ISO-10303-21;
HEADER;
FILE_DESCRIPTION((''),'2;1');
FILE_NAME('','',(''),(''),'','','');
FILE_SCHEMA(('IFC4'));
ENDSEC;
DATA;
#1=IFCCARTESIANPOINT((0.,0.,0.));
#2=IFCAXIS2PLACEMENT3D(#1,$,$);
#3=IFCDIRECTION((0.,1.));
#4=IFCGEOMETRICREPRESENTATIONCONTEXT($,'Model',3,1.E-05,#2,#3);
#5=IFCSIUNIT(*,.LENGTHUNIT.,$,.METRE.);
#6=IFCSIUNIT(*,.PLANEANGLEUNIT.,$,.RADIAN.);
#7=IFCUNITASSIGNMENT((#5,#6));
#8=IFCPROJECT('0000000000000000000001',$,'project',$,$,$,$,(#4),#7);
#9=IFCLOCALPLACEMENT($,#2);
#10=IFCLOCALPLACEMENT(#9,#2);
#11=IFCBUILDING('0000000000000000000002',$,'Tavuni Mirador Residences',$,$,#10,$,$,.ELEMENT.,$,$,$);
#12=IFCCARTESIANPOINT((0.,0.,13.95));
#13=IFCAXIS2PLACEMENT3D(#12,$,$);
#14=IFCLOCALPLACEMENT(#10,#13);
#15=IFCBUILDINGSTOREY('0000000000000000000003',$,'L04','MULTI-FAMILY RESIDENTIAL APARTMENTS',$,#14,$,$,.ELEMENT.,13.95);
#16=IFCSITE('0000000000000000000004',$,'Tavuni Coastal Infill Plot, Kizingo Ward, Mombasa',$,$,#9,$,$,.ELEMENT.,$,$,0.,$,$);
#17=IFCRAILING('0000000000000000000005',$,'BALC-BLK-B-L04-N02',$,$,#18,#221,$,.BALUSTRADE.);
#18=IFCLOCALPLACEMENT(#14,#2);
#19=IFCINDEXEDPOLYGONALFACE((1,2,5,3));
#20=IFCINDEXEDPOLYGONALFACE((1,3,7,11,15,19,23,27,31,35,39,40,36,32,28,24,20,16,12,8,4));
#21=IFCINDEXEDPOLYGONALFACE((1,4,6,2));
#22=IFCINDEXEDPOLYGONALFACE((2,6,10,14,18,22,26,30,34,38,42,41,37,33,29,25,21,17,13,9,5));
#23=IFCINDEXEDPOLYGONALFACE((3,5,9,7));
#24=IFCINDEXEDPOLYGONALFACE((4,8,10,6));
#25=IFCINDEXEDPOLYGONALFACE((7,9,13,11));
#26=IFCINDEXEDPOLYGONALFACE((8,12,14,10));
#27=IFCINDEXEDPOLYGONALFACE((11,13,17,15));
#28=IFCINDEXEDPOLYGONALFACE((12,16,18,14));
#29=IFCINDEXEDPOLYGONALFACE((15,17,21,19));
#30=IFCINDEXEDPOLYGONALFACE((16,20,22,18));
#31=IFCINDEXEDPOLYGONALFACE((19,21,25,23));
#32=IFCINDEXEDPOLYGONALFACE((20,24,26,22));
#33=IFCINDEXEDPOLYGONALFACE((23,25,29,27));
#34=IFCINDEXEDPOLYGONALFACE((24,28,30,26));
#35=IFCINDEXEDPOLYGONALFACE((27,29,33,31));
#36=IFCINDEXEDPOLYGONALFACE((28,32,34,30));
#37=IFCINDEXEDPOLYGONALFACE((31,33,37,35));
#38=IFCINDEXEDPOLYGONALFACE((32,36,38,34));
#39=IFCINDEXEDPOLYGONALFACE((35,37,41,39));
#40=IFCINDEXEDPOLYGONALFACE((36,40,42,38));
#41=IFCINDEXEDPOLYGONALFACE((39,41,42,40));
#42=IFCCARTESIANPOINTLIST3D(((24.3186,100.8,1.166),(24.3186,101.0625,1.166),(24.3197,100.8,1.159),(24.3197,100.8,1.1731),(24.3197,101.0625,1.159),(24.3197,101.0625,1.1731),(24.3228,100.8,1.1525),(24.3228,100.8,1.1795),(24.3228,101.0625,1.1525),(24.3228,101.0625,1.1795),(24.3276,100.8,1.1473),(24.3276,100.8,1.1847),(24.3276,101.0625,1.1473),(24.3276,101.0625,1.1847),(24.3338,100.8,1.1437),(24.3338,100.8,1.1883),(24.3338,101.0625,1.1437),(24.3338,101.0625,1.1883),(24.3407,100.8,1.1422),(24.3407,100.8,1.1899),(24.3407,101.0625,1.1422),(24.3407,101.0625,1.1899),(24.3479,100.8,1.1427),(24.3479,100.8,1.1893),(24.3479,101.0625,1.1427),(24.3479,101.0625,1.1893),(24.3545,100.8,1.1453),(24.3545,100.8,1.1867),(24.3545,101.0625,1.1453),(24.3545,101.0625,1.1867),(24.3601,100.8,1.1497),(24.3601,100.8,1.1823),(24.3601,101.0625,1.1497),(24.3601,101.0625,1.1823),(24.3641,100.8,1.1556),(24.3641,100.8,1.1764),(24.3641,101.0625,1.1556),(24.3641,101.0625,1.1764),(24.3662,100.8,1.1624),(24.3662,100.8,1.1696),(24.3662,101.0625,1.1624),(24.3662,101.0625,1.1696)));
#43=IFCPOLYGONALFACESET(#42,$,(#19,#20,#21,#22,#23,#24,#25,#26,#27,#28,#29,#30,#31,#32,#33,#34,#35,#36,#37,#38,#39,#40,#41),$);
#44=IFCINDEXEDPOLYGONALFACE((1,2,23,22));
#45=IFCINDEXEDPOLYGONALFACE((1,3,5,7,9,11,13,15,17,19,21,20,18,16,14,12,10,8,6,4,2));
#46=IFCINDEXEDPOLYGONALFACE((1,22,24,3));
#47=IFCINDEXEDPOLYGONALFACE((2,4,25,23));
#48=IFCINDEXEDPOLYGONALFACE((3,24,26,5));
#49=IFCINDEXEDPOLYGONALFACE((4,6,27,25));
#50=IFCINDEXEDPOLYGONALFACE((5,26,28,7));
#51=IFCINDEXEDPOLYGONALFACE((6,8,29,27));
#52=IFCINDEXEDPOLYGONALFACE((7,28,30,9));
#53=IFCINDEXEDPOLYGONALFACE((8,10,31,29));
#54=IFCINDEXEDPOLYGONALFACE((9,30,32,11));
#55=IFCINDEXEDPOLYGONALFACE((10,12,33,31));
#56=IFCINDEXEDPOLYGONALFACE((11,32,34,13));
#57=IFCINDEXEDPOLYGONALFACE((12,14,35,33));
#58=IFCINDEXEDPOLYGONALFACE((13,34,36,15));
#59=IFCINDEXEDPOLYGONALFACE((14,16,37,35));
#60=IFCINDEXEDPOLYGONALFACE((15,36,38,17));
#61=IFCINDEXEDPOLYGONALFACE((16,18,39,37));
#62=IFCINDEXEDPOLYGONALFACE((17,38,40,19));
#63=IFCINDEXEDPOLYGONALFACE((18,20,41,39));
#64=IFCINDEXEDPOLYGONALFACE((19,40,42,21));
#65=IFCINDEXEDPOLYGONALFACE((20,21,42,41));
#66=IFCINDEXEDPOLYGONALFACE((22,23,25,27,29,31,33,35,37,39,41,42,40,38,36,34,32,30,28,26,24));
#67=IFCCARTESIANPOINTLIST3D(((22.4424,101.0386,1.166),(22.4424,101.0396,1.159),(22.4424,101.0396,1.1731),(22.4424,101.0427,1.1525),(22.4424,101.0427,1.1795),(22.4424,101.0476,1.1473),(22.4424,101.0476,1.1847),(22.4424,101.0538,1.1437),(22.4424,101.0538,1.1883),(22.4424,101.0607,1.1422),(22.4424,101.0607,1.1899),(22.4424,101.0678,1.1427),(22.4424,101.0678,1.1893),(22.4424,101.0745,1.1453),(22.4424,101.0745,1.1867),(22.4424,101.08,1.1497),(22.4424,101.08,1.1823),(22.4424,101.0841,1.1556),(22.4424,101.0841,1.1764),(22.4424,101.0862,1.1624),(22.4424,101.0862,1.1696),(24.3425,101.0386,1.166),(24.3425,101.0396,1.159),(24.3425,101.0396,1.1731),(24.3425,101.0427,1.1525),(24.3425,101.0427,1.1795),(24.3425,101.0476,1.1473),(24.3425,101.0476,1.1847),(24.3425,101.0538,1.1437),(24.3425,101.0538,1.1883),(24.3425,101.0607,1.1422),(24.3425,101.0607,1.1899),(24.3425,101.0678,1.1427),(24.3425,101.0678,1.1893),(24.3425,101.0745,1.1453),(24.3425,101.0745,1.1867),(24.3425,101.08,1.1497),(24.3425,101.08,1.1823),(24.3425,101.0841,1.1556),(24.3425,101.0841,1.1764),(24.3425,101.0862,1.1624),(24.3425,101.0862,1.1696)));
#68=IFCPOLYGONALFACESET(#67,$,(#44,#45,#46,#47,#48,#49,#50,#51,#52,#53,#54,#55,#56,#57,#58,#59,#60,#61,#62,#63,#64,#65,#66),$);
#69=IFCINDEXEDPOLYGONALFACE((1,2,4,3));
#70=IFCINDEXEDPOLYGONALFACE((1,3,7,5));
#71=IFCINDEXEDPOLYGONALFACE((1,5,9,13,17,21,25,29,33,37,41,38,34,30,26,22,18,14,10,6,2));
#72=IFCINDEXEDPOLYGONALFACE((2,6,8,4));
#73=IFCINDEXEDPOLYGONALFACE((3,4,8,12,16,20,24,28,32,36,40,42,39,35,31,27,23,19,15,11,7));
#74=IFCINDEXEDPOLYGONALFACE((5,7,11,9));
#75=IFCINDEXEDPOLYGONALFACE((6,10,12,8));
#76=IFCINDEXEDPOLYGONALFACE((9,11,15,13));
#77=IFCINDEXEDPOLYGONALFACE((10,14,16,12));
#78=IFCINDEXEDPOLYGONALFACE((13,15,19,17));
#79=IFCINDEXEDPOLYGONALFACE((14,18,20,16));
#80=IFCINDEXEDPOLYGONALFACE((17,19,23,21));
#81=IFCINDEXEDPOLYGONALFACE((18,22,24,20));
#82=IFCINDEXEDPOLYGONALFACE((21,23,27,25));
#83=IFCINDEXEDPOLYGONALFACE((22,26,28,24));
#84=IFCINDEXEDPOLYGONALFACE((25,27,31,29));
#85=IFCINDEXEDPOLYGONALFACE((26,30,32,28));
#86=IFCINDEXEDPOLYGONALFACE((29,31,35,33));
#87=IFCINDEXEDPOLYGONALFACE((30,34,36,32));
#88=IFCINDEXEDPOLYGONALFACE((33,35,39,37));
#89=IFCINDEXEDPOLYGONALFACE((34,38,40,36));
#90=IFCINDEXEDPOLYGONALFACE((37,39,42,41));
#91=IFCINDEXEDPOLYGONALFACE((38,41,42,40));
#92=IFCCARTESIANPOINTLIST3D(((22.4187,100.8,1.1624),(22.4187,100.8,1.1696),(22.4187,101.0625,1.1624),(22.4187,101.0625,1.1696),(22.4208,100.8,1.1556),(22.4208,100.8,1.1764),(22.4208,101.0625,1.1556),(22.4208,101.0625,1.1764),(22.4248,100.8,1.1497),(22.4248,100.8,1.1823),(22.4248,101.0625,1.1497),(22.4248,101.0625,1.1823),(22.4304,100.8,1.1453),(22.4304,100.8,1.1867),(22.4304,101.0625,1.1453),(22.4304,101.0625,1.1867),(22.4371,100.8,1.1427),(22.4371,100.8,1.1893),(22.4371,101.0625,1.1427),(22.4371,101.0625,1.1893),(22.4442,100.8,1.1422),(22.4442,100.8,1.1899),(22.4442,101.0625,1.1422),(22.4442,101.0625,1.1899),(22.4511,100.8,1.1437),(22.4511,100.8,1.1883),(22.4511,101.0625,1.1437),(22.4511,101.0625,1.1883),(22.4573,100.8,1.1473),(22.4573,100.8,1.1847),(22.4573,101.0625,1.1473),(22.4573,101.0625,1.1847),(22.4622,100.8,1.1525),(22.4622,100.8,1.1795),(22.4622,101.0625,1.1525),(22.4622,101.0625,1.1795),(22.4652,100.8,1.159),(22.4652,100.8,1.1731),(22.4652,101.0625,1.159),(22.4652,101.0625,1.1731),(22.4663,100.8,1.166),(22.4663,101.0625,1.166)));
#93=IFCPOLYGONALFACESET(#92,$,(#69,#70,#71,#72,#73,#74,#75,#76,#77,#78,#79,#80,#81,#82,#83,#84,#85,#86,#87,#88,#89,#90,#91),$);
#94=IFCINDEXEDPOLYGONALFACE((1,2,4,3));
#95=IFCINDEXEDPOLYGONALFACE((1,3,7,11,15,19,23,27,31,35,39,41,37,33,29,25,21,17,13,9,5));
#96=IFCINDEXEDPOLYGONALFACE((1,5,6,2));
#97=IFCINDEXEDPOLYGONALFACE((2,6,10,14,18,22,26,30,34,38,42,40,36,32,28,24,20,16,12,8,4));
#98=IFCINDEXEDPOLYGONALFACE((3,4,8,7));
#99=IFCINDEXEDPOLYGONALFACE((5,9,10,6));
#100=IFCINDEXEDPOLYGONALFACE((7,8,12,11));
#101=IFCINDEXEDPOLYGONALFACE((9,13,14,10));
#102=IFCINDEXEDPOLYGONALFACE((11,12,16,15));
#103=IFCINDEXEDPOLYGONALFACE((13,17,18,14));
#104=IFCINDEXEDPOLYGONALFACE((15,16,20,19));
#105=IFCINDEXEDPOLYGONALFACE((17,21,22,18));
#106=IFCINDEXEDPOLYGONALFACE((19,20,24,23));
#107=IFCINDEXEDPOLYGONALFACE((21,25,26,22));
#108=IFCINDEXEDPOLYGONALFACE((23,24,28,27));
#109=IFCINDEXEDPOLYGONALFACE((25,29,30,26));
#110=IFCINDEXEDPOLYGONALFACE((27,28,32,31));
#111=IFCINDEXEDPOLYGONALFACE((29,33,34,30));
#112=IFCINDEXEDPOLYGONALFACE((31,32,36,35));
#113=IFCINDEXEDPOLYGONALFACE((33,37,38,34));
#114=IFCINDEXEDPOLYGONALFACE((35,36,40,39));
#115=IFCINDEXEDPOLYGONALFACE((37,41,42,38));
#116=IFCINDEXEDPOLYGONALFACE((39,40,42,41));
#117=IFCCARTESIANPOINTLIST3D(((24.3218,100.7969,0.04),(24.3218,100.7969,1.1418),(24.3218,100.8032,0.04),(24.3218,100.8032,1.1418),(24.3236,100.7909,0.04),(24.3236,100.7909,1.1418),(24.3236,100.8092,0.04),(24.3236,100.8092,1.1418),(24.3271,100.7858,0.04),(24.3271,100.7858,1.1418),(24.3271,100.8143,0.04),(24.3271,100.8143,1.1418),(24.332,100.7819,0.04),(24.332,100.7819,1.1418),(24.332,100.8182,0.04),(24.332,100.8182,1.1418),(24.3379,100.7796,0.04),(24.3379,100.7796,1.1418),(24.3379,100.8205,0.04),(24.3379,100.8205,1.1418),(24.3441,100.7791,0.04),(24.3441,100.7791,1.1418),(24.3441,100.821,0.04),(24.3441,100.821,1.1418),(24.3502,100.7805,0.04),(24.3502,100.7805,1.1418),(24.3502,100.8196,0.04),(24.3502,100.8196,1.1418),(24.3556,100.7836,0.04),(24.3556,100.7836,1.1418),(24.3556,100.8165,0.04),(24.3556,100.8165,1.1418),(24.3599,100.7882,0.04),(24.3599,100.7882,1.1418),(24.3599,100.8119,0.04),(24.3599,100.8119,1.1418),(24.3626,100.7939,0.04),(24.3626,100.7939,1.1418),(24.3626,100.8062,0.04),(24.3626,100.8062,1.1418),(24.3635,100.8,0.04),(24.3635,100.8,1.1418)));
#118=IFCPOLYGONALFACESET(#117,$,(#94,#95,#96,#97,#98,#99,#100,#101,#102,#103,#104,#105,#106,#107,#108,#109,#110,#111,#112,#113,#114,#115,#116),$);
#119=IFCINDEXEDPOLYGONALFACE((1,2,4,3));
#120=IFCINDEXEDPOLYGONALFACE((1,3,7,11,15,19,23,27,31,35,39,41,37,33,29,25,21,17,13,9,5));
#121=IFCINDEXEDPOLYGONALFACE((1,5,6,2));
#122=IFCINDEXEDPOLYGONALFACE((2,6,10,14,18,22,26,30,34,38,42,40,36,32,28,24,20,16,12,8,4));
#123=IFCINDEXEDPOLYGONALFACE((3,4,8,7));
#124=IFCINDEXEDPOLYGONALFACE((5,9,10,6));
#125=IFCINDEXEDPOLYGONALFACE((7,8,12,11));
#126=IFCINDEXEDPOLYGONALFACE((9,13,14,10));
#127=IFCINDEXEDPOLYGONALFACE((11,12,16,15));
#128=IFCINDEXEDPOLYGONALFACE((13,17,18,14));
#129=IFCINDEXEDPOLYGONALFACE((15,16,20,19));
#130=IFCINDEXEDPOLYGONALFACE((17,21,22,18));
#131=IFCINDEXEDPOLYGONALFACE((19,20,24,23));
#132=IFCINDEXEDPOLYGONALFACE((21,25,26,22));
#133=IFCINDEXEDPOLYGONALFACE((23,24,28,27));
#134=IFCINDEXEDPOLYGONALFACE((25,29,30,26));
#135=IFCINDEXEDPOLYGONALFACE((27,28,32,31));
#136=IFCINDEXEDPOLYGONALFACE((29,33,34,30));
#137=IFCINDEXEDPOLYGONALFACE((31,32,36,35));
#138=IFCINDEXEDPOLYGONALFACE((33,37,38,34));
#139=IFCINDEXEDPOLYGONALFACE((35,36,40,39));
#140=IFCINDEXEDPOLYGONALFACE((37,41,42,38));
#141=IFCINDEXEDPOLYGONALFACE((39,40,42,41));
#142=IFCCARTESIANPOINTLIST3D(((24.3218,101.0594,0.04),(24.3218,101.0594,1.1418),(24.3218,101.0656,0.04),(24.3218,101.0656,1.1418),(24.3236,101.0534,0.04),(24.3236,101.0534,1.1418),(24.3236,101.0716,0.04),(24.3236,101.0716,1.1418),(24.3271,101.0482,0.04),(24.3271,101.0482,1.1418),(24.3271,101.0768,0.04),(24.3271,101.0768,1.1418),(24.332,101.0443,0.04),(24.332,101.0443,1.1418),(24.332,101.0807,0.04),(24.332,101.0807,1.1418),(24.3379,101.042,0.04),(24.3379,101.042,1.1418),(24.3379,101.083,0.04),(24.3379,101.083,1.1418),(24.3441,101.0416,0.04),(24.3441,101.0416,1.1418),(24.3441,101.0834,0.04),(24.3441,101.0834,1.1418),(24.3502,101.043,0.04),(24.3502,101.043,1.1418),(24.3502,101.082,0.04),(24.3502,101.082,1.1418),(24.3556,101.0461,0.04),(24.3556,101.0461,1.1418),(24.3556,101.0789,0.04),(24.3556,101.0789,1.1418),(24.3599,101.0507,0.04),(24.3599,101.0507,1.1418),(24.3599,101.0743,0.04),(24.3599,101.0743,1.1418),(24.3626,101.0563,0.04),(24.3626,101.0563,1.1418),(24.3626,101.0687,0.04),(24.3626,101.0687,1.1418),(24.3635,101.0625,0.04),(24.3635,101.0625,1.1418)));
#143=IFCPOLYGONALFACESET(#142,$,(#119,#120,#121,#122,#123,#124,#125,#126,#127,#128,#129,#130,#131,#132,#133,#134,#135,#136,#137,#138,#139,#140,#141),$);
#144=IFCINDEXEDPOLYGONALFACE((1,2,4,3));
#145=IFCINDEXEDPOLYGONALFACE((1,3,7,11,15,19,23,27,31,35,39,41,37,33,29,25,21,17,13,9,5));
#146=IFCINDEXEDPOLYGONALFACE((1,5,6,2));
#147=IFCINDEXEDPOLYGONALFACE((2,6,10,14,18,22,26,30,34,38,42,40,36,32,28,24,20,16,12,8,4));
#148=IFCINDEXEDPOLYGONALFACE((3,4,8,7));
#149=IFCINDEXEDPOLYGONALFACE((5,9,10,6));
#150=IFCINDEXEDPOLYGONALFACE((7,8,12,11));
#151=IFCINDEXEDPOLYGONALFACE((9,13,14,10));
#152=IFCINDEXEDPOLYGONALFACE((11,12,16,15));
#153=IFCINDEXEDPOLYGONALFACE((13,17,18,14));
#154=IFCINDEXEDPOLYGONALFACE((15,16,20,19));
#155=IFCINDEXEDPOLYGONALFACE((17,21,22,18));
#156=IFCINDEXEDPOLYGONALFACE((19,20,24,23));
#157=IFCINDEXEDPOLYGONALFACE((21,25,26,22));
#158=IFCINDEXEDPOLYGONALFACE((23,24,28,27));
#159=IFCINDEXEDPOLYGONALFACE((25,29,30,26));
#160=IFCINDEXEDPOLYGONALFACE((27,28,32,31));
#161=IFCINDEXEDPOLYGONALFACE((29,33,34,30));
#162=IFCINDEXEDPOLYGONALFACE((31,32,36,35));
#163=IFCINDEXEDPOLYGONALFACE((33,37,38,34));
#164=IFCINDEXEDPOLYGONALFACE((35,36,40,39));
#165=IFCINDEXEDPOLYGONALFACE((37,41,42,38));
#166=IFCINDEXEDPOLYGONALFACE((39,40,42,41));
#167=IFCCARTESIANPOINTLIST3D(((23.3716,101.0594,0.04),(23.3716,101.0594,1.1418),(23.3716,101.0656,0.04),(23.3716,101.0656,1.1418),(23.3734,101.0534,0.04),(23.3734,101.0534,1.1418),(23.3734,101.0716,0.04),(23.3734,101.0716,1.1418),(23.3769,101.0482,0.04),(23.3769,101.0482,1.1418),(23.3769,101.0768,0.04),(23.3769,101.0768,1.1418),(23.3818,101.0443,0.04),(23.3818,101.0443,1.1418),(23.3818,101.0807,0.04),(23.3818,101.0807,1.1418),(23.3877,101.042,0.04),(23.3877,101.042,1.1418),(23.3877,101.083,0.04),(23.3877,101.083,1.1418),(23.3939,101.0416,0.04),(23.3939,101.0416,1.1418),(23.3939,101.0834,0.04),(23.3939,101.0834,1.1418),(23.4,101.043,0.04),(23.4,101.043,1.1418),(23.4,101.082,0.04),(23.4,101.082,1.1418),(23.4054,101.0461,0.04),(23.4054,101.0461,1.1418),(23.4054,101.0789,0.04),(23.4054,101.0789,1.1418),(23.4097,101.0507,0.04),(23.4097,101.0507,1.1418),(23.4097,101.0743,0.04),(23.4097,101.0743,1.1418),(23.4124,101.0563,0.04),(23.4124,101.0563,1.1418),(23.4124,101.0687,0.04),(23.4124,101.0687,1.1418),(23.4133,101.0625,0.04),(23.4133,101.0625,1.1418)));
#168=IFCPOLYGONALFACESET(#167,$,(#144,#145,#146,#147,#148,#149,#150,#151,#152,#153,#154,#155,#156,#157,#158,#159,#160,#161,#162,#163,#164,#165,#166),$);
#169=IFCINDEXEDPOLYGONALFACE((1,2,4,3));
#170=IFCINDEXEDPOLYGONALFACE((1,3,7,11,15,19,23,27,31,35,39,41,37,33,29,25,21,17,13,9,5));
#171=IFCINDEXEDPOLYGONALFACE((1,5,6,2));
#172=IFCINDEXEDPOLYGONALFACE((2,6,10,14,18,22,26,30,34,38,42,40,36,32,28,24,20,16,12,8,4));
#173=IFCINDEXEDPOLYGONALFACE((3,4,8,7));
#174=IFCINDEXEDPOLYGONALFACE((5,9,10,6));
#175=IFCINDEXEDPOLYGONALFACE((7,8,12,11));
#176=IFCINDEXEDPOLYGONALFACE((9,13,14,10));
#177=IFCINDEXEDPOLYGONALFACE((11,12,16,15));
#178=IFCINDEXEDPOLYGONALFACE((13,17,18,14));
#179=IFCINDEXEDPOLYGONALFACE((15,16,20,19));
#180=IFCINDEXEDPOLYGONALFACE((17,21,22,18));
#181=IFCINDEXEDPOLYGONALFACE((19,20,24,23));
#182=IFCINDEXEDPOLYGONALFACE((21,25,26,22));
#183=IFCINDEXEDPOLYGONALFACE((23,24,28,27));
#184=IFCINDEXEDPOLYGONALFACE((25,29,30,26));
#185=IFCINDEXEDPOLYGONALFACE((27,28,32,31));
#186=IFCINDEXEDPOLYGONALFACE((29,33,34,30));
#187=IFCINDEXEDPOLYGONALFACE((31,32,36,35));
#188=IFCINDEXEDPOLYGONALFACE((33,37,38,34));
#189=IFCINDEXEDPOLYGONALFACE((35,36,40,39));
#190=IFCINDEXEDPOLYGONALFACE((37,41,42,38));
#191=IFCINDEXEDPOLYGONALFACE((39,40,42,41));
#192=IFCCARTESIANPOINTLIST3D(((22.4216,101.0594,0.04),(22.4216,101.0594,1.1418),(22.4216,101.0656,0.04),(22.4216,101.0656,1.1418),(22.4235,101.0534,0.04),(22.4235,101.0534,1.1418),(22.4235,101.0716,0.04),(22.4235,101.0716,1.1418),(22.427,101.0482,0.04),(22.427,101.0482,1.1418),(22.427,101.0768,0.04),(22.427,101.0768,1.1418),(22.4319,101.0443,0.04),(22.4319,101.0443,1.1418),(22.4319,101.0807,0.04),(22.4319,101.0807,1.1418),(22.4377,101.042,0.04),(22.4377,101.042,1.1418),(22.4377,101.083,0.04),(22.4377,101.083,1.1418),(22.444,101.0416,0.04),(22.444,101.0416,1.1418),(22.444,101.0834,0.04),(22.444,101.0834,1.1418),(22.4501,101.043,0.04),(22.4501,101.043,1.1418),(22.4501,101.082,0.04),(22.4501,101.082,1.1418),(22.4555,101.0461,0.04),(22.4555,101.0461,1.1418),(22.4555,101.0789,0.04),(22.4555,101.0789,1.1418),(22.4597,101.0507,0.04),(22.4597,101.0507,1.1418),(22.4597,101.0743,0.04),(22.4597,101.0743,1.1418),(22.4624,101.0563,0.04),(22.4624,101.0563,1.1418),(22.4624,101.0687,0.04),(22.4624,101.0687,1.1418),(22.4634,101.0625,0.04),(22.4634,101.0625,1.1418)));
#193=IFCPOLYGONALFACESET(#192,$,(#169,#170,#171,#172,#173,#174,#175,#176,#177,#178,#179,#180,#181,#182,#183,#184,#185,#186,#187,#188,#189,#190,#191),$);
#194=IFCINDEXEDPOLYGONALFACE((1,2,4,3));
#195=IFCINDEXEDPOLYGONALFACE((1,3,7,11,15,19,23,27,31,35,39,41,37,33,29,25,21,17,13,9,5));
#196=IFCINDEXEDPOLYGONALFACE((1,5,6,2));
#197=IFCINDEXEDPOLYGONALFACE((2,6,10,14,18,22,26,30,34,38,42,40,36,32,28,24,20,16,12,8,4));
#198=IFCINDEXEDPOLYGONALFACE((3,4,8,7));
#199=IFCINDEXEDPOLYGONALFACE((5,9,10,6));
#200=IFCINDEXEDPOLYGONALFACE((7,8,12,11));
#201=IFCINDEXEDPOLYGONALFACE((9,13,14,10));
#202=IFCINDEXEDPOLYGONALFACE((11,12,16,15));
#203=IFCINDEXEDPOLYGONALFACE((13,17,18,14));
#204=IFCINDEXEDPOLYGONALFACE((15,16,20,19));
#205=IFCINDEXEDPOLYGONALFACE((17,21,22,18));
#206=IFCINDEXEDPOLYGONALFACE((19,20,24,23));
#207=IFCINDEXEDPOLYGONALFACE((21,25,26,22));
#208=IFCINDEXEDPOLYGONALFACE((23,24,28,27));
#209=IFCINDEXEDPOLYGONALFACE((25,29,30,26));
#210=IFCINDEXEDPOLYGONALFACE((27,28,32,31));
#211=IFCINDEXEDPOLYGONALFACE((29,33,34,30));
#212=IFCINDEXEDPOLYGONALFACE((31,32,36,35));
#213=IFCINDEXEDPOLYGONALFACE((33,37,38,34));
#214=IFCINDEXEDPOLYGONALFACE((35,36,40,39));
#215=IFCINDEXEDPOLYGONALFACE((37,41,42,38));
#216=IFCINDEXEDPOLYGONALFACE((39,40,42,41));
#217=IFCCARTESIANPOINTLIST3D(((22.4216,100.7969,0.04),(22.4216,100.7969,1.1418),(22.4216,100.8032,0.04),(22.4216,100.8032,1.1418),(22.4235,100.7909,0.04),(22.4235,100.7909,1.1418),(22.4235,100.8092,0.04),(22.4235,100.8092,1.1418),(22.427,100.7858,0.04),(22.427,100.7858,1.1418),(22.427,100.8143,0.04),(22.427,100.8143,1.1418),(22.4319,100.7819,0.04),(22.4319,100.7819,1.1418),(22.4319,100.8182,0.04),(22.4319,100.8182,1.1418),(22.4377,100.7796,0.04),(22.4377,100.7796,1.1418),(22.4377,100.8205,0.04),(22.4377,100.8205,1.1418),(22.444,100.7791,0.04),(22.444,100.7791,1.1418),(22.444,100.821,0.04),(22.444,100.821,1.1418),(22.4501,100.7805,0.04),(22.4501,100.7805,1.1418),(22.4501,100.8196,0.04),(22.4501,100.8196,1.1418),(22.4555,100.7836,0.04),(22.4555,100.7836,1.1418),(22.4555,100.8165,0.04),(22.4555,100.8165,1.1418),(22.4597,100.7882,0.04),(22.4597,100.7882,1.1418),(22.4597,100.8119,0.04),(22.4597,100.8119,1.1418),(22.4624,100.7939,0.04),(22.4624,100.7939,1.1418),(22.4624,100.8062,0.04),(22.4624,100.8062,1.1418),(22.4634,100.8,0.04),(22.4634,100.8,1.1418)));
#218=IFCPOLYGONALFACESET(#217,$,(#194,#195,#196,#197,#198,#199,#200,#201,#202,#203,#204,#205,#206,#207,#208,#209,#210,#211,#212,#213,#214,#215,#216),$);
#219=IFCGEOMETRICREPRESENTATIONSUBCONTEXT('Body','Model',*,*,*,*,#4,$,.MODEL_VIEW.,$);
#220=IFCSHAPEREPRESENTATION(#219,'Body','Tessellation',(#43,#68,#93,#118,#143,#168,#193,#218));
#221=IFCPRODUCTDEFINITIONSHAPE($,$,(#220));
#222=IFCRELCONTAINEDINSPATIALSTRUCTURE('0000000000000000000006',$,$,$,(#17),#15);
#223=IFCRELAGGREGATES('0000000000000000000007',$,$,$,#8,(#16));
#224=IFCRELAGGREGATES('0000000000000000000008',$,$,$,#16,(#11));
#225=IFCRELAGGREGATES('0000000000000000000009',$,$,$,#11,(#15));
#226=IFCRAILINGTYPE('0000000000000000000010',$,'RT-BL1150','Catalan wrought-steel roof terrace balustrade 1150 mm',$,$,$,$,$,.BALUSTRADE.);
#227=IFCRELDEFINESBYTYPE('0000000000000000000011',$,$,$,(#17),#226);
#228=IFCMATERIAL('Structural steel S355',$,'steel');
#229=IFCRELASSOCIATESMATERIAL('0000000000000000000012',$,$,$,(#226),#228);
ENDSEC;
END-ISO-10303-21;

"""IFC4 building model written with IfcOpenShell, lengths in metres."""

from ifc_helpers import new_model, si_unit, direction, frame, origin, origin_2d, place, context, subcontext, project, spatial, circle, extrude, material, type_object, element, save


model = new_model("IFC4")

# Units and contexts
model_context = context("Model", 3, precision=1e-05, world=origin(), true_north=direction((0.0, 1.0)))
body_context = subcontext(model_context, "Body", "Model", "MODEL_VIEW")
ifc_project = project(units=[si_unit("LENGTHUNIT", "METRE"), si_unit("PLANEANGLEUNIT", "RADIAN")], contexts=[model_context])

# Site, building, storey
site_placement = place(None, origin())
site = spatial("IfcSite", under=ifc_project, at=site_placement, Name="Tavuni Coastal Infill Plot, Kizingo Ward, Mombasa", CompositionType="ELEMENT", RefElevation=0.0)
building_placement = place(site_placement, origin())
building = spatial("IfcBuilding", under=site, at=building_placement, Name="Tavuni Mirador Residences", CompositionType="ELEMENT")
storey_placement = place(building_placement, frame((0.0, 0.0, 13.95)))
storey = spatial("IfcBuildingStorey", under=building, at=storey_placement, Name="L04", Description="MULTI-FAMILY RESIDENTIAL APARTMENTS", CompositionType="ELEMENT", Elevation=13.95)

# Railing
ifc_material_1 = material(Name="Structural steel S355", Category="steel")
railing_type = type_object("IfcRailingType", Name="RT-BL1150", Description="Catalan wrought-steel roof terrace balustrade 1150 mm", PredefinedType="BALUSTRADE", material=ifc_material_1)
railing_placement = place(storey_placement, frame((24.3425, 100.8, 0.04)))
element("IfcRailing", 1, at=railing_placement, inside=storey, type_object=railing_type, Name="BALC-BLK-B-L04-N02", PredefinedType="BALUSTRADE", context=body_context, shape_type="SweptSolid", body=[
    extrude(circle(Radius=0.0239, at=origin_2d()), frame((0.0, 0.0, 1.126), z_axis=(0.0, 1.0, 0.0), x_axis=(-1.0, 0.0, 0.0)), (0.0, 0.0, 1.0), 0.2625),
    extrude(circle(Radius=0.0239, at=origin_2d()), frame((0.0, 0.2625, 1.126), z_axis=(-1.0, 0.0, 0.0), x_axis=(0.0, -1.0, 0.0)), (0.0, 0.0, 1.0), 1.9001),
    extrude(circle(Radius=0.0239, at=origin_2d()), frame((-1.9001, 0.2625, 1.126), z_axis=(0.0, -1.0, 0.0), x_axis=(1.0, 0.0, 0.0)), (0.0, 0.0, 1.0), 0.2625),
    extrude(circle(Radius=0.021, at=origin_2d()), origin(), (0.0, 0.0, 1.0), 1.1018),
    extrude(circle(Radius=0.021, at=origin_2d()), frame((0.0, 0.2625, 0.0)), (0.0, 0.0, 1.0), 1.1018),
    extrude(circle(Radius=0.021, at=origin_2d()), frame((-0.9502, 0.2625, 0.0)), (0.0, 0.0, 1.0), 1.1018),
    extrude(circle(Radius=0.021, at=origin_2d()), frame((-1.9001, 0.2625, 0.0)), (0.0, 0.0, 1.0), 1.1018),
    extrude(circle(Radius=0.021, at=origin_2d()), frame((-1.9001, 0.0, 0.0)), (0.0, 0.0, 1.0), 1.1018),
])

save(model, "model.ifc")
